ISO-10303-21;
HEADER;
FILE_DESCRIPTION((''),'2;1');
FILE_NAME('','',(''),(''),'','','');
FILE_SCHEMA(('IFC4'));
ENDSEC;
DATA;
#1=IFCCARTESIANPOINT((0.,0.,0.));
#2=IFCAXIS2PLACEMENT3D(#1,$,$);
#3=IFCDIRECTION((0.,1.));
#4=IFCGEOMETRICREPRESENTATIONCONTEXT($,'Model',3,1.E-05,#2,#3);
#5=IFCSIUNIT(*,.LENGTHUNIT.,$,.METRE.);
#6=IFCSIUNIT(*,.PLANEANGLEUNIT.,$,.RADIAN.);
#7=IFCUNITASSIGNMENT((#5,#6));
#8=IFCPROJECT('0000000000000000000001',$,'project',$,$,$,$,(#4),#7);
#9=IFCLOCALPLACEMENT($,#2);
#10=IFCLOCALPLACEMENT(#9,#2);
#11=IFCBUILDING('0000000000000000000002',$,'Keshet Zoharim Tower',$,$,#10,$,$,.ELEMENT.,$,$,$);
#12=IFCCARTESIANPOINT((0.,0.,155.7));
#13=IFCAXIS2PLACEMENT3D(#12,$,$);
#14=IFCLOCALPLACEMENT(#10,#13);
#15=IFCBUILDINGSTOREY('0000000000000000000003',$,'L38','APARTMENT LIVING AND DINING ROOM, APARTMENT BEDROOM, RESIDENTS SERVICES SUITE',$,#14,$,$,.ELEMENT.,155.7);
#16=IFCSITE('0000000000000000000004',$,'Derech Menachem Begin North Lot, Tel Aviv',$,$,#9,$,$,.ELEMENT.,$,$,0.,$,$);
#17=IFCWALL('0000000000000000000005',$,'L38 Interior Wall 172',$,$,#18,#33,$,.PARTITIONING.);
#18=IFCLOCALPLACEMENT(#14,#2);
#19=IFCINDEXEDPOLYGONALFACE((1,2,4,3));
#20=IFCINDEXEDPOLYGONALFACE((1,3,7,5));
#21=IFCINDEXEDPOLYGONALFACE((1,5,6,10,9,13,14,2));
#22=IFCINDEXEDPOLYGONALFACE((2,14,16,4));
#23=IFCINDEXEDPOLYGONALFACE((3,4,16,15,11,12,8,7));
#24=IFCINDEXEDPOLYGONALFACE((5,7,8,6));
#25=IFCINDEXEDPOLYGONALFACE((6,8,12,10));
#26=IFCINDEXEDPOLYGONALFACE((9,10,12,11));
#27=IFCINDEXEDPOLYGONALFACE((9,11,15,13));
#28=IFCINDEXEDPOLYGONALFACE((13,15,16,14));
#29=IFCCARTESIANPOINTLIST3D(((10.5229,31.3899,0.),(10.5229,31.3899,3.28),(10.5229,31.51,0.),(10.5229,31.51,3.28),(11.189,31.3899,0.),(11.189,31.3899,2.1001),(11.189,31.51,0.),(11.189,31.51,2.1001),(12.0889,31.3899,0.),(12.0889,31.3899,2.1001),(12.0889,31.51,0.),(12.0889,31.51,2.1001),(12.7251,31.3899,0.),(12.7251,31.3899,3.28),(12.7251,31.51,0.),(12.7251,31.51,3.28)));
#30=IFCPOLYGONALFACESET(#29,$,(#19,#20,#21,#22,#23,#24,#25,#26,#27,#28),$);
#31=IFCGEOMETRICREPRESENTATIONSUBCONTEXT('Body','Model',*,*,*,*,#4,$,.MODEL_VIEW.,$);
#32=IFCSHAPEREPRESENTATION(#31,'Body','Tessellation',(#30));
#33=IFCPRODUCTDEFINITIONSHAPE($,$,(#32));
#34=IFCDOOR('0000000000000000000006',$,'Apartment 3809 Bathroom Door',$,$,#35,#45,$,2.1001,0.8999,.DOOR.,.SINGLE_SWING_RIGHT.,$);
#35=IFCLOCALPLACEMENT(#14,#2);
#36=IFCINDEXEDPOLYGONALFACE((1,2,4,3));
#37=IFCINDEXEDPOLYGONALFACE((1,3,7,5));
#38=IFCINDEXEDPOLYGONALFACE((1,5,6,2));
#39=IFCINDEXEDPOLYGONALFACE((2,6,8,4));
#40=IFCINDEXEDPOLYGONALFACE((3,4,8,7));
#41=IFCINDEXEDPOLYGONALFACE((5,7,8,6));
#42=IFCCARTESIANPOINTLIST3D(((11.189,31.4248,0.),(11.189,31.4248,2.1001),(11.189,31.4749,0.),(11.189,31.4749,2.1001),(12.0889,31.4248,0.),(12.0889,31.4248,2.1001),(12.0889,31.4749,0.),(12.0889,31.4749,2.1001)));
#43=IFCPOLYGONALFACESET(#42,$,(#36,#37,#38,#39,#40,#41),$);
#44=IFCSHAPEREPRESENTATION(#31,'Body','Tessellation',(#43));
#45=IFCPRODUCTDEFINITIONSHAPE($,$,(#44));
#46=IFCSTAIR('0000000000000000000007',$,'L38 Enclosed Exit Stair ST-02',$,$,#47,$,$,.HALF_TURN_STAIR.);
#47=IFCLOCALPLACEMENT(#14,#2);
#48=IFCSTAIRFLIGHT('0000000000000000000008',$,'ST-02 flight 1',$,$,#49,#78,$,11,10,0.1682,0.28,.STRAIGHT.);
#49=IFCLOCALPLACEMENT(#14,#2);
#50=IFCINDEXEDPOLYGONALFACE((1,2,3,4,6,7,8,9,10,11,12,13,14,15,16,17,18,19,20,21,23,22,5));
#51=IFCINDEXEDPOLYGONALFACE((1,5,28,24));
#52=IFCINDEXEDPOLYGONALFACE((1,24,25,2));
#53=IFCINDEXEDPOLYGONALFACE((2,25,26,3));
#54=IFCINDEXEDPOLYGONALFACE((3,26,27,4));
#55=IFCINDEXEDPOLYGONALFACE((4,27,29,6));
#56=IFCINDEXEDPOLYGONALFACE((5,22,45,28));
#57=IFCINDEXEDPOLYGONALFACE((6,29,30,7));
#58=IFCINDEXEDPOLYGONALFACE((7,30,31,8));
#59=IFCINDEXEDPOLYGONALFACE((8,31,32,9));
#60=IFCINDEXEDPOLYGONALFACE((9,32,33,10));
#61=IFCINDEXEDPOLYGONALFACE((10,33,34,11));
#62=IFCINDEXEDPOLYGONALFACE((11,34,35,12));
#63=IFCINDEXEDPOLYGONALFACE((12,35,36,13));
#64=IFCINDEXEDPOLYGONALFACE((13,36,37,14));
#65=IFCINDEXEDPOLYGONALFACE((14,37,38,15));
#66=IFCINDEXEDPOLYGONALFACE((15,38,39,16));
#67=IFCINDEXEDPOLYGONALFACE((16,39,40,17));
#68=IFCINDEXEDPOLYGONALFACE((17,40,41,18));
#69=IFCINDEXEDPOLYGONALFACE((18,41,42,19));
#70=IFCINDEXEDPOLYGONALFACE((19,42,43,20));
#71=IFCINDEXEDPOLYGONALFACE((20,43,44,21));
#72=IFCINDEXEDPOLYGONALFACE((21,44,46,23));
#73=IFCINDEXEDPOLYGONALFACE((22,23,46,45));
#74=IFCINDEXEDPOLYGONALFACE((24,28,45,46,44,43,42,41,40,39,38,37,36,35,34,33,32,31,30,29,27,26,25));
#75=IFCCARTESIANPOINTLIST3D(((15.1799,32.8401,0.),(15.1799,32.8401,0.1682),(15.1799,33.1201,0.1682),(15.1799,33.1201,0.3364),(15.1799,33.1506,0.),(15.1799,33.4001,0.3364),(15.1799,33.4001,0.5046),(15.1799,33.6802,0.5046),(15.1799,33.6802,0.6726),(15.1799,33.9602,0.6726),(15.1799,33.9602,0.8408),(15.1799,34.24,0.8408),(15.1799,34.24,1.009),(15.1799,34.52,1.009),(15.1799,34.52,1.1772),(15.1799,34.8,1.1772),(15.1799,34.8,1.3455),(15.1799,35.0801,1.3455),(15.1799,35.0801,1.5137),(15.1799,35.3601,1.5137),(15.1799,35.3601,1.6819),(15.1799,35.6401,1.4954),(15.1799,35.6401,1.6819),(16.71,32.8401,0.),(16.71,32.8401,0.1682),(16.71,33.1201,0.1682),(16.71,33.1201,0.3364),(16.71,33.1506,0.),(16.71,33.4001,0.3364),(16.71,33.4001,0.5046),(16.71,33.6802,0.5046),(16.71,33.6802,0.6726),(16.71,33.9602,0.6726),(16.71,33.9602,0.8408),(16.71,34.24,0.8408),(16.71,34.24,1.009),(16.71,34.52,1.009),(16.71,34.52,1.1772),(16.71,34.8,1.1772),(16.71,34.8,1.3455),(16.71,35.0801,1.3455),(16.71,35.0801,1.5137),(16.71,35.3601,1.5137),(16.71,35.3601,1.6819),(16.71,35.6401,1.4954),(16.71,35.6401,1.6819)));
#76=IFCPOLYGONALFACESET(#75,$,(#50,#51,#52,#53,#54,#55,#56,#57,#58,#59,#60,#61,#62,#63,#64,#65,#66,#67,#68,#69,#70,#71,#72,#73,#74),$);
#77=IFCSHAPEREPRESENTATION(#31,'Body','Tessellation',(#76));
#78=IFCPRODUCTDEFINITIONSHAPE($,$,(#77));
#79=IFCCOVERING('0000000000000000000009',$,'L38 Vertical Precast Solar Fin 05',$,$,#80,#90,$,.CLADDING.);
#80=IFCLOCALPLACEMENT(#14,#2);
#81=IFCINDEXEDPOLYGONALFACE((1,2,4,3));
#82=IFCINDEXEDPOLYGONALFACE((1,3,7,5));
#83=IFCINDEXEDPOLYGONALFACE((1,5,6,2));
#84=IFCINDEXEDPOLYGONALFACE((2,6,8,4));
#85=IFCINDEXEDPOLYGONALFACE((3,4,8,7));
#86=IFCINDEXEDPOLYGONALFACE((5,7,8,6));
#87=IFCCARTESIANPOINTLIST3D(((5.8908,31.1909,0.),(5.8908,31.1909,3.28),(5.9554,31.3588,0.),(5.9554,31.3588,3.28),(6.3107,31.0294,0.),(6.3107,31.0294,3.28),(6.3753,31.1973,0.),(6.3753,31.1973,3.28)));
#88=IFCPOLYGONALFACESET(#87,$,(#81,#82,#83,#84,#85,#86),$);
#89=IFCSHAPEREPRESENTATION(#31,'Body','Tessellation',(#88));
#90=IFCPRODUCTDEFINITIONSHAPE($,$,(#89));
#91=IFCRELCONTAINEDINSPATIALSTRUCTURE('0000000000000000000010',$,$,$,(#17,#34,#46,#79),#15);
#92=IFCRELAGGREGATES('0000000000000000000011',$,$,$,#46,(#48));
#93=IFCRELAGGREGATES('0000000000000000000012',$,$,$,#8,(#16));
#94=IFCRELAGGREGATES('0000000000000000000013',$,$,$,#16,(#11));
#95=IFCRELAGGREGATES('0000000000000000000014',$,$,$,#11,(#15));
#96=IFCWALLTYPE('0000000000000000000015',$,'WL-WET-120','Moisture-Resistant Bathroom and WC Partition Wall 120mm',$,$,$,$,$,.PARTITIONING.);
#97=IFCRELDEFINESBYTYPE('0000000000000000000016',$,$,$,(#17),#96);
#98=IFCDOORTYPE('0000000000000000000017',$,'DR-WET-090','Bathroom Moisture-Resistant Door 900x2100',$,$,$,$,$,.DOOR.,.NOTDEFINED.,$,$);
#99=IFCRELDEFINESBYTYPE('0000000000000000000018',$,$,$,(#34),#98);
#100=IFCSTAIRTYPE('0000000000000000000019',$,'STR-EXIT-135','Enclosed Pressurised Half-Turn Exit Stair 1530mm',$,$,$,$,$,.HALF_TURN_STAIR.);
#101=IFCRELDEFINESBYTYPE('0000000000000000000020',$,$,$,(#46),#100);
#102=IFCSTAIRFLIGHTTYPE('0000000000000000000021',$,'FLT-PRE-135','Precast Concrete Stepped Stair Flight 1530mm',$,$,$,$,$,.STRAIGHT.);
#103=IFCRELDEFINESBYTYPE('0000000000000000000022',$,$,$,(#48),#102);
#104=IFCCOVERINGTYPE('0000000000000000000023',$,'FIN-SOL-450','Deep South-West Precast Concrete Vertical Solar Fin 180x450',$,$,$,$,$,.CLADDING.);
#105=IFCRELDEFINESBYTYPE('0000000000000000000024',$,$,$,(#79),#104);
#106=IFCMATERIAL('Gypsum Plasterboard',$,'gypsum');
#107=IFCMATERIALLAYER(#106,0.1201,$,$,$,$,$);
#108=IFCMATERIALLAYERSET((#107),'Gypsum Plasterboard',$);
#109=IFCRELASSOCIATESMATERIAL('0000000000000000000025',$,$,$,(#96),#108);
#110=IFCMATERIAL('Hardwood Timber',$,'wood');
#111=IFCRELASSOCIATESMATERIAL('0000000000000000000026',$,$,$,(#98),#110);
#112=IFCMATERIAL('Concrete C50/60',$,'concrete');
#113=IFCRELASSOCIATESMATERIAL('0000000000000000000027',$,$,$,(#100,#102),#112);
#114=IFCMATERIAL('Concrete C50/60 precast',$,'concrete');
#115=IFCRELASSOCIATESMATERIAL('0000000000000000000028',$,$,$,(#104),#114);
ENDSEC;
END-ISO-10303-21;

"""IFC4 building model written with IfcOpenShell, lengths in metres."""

from ifc_helpers import new_model, si_unit, direction, frame, frame_2d, origin, origin_2d, place, context, subcontext, project, spatial, polyline, rectangle, outline, extrude, material, layer, layer_set, type_object, element, fill, aggregate, save


model = new_model("IFC4")

# Units and contexts
model_context = context("Model", 3, precision=1e-05, world=origin(), true_north=direction((0.0, 1.0)))
body_context = subcontext(model_context, "Body", "Model", "MODEL_VIEW")
ifc_project = project(units=[si_unit("LENGTHUNIT", "METRE"), si_unit("PLANEANGLEUNIT", "RADIAN")], contexts=[model_context])

# Site, building, storey
site_placement = place(None, origin())
site = spatial("IfcSite", under=ifc_project, at=site_placement, Name="Derech Menachem Begin North Lot, Tel Aviv", CompositionType="ELEMENT", RefElevation=0.0)
building_placement = place(site_placement, origin())
building = spatial("IfcBuilding", under=site, at=building_placement, Name="Keshet Zoharim Tower", CompositionType="ELEMENT")
storey_placement = place(building_placement, frame((0.0, 0.0, 155.7)))
storey = spatial("IfcBuildingStorey", under=building, at=storey_placement, Name="L38", Description="APARTMENT LIVING AND DINING ROOM, APARTMENT BEDROOM, RESIDENTS SERVICES SUITE", CompositionType="ELEMENT", Elevation=155.7)

# Shared definitions
ifc_material_1 = material(Name="Hardwood Timber", Category="wood")

# Shared definitions
ifc_material_2 = material(Name="Gypsum Plasterboard", Category="gypsum")

# Shared definitions
ifc_layer_1 = layer(ifc_material_2, 0.1201)
ifc_layer_set_1 = layer_set([ifc_layer_1], Name="Gypsum Plasterboard")
wall_type_1 = type_object("IfcWallType", Name="WL-WET-120", Description="Moisture-Resistant Bathroom and WC Partition Wall 120mm", PredefinedType="PARTITIONING", material=ifc_layer_set_1)

# Wall, opening, door
wall_1_placement = place(storey_placement, frame((10.5229, 31.45, 0.0), z_axis=(0.0, 0.0, 1.0), x_axis=(1.0, 0.0, 0.0)))
wall_1 = element("IfcWall", 1, at=wall_1_placement, inside=storey, type_object=wall_type_1, Name="L38 Interior Wall 172", PredefinedType="PARTITIONING", context=body_context, shape_type="SweptSolid", body=[
    extrude(rectangle(XDim=2.2021, YDim=0.1201, at=frame_2d((1.1011, 0.0))), origin(), (0.0, 0.0, 1.0), 3.28),
])
opening_1_placement = place(wall_1_placement, frame((0.666, 0.0, 0.0)))
opening_1 = element("IfcOpeningElement", 2, at=opening_1_placement, cuts=wall_1, PredefinedType="OPENING", context=body_context, shape_type="SweptSolid", body=[
    extrude(rectangle(XDim=0.8999, YDim=2.1001, at=frame_2d((0.45, 1.05))), frame((0.0, 0.0701, 0.0), z_axis=(0.0, -1.0, 0.0), x_axis=(1.0, 0.0, 0.0)), (0.0, 0.0, 1.0), 0.1401),
])
door_type_1 = type_object("IfcDoorType", Name="DR-WET-090", Description="Bathroom Moisture-Resistant Door 900x2100", OperationType="NOTDEFINED", PredefinedType="DOOR", material=ifc_material_1)
door_1_placement = place(opening_1_placement, origin())
door_1 = element("IfcDoor", 3, at=door_1_placement, inside=storey, type_object=door_type_1, Name="Apartment 3809 Bathroom Door", OperationType="SINGLE_SWING_RIGHT", OverallHeight=2.1001, OverallWidth=0.8999, PredefinedType="DOOR", context=body_context, shape_type="SweptSolid", body=[
    extrude(rectangle(XDim=0.8999, YDim=2.1001, at=frame_2d((0.45, 1.05))), frame((0.0, 0.0249, 0.0), z_axis=(0.0, -1.0, 0.0), x_axis=(1.0, 0.0, 0.0)), (0.0, 0.0, 1.0), 0.05),
])
fill(opening_1, door_1)

# Stair, stair flight
ifc_material_3 = material(Name="Concrete C50/60", Category="concrete")
stair_type = type_object("IfcStairType", Name="STR-EXIT-135", Description="Enclosed Pressurised Half-Turn Exit Stair 1530mm", PredefinedType="HALF_TURN_STAIR", material=ifc_material_3)
stair_placement = place(storey_placement, origin())
stair = element("IfcStair", 4, at=stair_placement, inside=storey, type_object=stair_type, Name="L38 Enclosed Exit Stair ST-02", PredefinedType="HALF_TURN_STAIR")
stair_flight_type = type_object("IfcStairFlightType", Name="FLT-PRE-135", Description="Precast Concrete Stepped Stair Flight 1530mm", PredefinedType="STRAIGHT", material=ifc_material_3)
stair_flight_placement = place(storey_placement, frame((15.9451, 32.8401, 0.0), z_axis=(0.0, 0.0, 1.0), x_axis=(0.0, 1.0, 0.0)))
stair_flight = element("IfcStairFlight", 5, at=stair_flight_placement, type_object=stair_flight_type, Name="ST-02 flight 1", NumberOfRisers=11, NumberOfTreads=10, PredefinedType="STRAIGHT", RiserHeight=0.1682, TreadLength=0.28, context=body_context, shape_type="SweptSolid", body=[
    extrude(outline(polyline([(0.0, 0.0), (0.0, 0.1682), (0.28, 0.1682), (0.28, 0.3364), (0.5601, 0.3364), (0.5601, 0.5046), (0.8401, 0.5046), (0.8401, 0.6726), (1.1201, 0.6726), (1.1201, 0.8408), (1.3999, 0.8408), (1.3999, 1.009), (1.6799, 1.009), (1.6799, 1.1772), (1.96, 1.1772), (1.96, 1.3455), (2.24, 1.3455), (2.24, 1.5137), (2.52, 1.5137), (2.52, 1.6819), (2.8, 1.6819), (2.8, 1.8501), (2.8, 1.4954), (0.3105, 0.0), (0.0, 0.0)])), frame((0.0, 0.7651, 0.0), z_axis=(0.0, -1.0, 0.0), x_axis=(1.0, 0.0, 0.0)), (0.0, 0.0, 1.0), 1.53),
])
aggregate(stair, [stair_flight])

# Covering
ifc_material_4 = material(Name="Concrete C50/60 precast", Category="concrete")
covering_type = type_object("IfcCoveringType", Name="FIN-SOL-450", Description="Deep South-West Precast Concrete Vertical Solar Fin 180x450", PredefinedType="CLADDING", material=ifc_material_4)
covering_placement = place(storey_placement, frame((6.1331, 31.1941, 0.0), z_axis=(0.0, 0.0, 1.0), x_axis=(0.35899, 0.933341, 0.0)))
element("IfcCovering", 6, at=covering_placement, inside=storey, type_object=covering_type, Name="L38 Vertical Precast Solar Fin 05", PredefinedType="CLADDING", context=body_context, shape_type="SweptSolid", body=[
    extrude(rectangle(XDim=0.1799, YDim=0.45, at=origin_2d()), origin(), (0.0, 0.0, 1.0), 3.28),
])

save(model, "model.ifc")
